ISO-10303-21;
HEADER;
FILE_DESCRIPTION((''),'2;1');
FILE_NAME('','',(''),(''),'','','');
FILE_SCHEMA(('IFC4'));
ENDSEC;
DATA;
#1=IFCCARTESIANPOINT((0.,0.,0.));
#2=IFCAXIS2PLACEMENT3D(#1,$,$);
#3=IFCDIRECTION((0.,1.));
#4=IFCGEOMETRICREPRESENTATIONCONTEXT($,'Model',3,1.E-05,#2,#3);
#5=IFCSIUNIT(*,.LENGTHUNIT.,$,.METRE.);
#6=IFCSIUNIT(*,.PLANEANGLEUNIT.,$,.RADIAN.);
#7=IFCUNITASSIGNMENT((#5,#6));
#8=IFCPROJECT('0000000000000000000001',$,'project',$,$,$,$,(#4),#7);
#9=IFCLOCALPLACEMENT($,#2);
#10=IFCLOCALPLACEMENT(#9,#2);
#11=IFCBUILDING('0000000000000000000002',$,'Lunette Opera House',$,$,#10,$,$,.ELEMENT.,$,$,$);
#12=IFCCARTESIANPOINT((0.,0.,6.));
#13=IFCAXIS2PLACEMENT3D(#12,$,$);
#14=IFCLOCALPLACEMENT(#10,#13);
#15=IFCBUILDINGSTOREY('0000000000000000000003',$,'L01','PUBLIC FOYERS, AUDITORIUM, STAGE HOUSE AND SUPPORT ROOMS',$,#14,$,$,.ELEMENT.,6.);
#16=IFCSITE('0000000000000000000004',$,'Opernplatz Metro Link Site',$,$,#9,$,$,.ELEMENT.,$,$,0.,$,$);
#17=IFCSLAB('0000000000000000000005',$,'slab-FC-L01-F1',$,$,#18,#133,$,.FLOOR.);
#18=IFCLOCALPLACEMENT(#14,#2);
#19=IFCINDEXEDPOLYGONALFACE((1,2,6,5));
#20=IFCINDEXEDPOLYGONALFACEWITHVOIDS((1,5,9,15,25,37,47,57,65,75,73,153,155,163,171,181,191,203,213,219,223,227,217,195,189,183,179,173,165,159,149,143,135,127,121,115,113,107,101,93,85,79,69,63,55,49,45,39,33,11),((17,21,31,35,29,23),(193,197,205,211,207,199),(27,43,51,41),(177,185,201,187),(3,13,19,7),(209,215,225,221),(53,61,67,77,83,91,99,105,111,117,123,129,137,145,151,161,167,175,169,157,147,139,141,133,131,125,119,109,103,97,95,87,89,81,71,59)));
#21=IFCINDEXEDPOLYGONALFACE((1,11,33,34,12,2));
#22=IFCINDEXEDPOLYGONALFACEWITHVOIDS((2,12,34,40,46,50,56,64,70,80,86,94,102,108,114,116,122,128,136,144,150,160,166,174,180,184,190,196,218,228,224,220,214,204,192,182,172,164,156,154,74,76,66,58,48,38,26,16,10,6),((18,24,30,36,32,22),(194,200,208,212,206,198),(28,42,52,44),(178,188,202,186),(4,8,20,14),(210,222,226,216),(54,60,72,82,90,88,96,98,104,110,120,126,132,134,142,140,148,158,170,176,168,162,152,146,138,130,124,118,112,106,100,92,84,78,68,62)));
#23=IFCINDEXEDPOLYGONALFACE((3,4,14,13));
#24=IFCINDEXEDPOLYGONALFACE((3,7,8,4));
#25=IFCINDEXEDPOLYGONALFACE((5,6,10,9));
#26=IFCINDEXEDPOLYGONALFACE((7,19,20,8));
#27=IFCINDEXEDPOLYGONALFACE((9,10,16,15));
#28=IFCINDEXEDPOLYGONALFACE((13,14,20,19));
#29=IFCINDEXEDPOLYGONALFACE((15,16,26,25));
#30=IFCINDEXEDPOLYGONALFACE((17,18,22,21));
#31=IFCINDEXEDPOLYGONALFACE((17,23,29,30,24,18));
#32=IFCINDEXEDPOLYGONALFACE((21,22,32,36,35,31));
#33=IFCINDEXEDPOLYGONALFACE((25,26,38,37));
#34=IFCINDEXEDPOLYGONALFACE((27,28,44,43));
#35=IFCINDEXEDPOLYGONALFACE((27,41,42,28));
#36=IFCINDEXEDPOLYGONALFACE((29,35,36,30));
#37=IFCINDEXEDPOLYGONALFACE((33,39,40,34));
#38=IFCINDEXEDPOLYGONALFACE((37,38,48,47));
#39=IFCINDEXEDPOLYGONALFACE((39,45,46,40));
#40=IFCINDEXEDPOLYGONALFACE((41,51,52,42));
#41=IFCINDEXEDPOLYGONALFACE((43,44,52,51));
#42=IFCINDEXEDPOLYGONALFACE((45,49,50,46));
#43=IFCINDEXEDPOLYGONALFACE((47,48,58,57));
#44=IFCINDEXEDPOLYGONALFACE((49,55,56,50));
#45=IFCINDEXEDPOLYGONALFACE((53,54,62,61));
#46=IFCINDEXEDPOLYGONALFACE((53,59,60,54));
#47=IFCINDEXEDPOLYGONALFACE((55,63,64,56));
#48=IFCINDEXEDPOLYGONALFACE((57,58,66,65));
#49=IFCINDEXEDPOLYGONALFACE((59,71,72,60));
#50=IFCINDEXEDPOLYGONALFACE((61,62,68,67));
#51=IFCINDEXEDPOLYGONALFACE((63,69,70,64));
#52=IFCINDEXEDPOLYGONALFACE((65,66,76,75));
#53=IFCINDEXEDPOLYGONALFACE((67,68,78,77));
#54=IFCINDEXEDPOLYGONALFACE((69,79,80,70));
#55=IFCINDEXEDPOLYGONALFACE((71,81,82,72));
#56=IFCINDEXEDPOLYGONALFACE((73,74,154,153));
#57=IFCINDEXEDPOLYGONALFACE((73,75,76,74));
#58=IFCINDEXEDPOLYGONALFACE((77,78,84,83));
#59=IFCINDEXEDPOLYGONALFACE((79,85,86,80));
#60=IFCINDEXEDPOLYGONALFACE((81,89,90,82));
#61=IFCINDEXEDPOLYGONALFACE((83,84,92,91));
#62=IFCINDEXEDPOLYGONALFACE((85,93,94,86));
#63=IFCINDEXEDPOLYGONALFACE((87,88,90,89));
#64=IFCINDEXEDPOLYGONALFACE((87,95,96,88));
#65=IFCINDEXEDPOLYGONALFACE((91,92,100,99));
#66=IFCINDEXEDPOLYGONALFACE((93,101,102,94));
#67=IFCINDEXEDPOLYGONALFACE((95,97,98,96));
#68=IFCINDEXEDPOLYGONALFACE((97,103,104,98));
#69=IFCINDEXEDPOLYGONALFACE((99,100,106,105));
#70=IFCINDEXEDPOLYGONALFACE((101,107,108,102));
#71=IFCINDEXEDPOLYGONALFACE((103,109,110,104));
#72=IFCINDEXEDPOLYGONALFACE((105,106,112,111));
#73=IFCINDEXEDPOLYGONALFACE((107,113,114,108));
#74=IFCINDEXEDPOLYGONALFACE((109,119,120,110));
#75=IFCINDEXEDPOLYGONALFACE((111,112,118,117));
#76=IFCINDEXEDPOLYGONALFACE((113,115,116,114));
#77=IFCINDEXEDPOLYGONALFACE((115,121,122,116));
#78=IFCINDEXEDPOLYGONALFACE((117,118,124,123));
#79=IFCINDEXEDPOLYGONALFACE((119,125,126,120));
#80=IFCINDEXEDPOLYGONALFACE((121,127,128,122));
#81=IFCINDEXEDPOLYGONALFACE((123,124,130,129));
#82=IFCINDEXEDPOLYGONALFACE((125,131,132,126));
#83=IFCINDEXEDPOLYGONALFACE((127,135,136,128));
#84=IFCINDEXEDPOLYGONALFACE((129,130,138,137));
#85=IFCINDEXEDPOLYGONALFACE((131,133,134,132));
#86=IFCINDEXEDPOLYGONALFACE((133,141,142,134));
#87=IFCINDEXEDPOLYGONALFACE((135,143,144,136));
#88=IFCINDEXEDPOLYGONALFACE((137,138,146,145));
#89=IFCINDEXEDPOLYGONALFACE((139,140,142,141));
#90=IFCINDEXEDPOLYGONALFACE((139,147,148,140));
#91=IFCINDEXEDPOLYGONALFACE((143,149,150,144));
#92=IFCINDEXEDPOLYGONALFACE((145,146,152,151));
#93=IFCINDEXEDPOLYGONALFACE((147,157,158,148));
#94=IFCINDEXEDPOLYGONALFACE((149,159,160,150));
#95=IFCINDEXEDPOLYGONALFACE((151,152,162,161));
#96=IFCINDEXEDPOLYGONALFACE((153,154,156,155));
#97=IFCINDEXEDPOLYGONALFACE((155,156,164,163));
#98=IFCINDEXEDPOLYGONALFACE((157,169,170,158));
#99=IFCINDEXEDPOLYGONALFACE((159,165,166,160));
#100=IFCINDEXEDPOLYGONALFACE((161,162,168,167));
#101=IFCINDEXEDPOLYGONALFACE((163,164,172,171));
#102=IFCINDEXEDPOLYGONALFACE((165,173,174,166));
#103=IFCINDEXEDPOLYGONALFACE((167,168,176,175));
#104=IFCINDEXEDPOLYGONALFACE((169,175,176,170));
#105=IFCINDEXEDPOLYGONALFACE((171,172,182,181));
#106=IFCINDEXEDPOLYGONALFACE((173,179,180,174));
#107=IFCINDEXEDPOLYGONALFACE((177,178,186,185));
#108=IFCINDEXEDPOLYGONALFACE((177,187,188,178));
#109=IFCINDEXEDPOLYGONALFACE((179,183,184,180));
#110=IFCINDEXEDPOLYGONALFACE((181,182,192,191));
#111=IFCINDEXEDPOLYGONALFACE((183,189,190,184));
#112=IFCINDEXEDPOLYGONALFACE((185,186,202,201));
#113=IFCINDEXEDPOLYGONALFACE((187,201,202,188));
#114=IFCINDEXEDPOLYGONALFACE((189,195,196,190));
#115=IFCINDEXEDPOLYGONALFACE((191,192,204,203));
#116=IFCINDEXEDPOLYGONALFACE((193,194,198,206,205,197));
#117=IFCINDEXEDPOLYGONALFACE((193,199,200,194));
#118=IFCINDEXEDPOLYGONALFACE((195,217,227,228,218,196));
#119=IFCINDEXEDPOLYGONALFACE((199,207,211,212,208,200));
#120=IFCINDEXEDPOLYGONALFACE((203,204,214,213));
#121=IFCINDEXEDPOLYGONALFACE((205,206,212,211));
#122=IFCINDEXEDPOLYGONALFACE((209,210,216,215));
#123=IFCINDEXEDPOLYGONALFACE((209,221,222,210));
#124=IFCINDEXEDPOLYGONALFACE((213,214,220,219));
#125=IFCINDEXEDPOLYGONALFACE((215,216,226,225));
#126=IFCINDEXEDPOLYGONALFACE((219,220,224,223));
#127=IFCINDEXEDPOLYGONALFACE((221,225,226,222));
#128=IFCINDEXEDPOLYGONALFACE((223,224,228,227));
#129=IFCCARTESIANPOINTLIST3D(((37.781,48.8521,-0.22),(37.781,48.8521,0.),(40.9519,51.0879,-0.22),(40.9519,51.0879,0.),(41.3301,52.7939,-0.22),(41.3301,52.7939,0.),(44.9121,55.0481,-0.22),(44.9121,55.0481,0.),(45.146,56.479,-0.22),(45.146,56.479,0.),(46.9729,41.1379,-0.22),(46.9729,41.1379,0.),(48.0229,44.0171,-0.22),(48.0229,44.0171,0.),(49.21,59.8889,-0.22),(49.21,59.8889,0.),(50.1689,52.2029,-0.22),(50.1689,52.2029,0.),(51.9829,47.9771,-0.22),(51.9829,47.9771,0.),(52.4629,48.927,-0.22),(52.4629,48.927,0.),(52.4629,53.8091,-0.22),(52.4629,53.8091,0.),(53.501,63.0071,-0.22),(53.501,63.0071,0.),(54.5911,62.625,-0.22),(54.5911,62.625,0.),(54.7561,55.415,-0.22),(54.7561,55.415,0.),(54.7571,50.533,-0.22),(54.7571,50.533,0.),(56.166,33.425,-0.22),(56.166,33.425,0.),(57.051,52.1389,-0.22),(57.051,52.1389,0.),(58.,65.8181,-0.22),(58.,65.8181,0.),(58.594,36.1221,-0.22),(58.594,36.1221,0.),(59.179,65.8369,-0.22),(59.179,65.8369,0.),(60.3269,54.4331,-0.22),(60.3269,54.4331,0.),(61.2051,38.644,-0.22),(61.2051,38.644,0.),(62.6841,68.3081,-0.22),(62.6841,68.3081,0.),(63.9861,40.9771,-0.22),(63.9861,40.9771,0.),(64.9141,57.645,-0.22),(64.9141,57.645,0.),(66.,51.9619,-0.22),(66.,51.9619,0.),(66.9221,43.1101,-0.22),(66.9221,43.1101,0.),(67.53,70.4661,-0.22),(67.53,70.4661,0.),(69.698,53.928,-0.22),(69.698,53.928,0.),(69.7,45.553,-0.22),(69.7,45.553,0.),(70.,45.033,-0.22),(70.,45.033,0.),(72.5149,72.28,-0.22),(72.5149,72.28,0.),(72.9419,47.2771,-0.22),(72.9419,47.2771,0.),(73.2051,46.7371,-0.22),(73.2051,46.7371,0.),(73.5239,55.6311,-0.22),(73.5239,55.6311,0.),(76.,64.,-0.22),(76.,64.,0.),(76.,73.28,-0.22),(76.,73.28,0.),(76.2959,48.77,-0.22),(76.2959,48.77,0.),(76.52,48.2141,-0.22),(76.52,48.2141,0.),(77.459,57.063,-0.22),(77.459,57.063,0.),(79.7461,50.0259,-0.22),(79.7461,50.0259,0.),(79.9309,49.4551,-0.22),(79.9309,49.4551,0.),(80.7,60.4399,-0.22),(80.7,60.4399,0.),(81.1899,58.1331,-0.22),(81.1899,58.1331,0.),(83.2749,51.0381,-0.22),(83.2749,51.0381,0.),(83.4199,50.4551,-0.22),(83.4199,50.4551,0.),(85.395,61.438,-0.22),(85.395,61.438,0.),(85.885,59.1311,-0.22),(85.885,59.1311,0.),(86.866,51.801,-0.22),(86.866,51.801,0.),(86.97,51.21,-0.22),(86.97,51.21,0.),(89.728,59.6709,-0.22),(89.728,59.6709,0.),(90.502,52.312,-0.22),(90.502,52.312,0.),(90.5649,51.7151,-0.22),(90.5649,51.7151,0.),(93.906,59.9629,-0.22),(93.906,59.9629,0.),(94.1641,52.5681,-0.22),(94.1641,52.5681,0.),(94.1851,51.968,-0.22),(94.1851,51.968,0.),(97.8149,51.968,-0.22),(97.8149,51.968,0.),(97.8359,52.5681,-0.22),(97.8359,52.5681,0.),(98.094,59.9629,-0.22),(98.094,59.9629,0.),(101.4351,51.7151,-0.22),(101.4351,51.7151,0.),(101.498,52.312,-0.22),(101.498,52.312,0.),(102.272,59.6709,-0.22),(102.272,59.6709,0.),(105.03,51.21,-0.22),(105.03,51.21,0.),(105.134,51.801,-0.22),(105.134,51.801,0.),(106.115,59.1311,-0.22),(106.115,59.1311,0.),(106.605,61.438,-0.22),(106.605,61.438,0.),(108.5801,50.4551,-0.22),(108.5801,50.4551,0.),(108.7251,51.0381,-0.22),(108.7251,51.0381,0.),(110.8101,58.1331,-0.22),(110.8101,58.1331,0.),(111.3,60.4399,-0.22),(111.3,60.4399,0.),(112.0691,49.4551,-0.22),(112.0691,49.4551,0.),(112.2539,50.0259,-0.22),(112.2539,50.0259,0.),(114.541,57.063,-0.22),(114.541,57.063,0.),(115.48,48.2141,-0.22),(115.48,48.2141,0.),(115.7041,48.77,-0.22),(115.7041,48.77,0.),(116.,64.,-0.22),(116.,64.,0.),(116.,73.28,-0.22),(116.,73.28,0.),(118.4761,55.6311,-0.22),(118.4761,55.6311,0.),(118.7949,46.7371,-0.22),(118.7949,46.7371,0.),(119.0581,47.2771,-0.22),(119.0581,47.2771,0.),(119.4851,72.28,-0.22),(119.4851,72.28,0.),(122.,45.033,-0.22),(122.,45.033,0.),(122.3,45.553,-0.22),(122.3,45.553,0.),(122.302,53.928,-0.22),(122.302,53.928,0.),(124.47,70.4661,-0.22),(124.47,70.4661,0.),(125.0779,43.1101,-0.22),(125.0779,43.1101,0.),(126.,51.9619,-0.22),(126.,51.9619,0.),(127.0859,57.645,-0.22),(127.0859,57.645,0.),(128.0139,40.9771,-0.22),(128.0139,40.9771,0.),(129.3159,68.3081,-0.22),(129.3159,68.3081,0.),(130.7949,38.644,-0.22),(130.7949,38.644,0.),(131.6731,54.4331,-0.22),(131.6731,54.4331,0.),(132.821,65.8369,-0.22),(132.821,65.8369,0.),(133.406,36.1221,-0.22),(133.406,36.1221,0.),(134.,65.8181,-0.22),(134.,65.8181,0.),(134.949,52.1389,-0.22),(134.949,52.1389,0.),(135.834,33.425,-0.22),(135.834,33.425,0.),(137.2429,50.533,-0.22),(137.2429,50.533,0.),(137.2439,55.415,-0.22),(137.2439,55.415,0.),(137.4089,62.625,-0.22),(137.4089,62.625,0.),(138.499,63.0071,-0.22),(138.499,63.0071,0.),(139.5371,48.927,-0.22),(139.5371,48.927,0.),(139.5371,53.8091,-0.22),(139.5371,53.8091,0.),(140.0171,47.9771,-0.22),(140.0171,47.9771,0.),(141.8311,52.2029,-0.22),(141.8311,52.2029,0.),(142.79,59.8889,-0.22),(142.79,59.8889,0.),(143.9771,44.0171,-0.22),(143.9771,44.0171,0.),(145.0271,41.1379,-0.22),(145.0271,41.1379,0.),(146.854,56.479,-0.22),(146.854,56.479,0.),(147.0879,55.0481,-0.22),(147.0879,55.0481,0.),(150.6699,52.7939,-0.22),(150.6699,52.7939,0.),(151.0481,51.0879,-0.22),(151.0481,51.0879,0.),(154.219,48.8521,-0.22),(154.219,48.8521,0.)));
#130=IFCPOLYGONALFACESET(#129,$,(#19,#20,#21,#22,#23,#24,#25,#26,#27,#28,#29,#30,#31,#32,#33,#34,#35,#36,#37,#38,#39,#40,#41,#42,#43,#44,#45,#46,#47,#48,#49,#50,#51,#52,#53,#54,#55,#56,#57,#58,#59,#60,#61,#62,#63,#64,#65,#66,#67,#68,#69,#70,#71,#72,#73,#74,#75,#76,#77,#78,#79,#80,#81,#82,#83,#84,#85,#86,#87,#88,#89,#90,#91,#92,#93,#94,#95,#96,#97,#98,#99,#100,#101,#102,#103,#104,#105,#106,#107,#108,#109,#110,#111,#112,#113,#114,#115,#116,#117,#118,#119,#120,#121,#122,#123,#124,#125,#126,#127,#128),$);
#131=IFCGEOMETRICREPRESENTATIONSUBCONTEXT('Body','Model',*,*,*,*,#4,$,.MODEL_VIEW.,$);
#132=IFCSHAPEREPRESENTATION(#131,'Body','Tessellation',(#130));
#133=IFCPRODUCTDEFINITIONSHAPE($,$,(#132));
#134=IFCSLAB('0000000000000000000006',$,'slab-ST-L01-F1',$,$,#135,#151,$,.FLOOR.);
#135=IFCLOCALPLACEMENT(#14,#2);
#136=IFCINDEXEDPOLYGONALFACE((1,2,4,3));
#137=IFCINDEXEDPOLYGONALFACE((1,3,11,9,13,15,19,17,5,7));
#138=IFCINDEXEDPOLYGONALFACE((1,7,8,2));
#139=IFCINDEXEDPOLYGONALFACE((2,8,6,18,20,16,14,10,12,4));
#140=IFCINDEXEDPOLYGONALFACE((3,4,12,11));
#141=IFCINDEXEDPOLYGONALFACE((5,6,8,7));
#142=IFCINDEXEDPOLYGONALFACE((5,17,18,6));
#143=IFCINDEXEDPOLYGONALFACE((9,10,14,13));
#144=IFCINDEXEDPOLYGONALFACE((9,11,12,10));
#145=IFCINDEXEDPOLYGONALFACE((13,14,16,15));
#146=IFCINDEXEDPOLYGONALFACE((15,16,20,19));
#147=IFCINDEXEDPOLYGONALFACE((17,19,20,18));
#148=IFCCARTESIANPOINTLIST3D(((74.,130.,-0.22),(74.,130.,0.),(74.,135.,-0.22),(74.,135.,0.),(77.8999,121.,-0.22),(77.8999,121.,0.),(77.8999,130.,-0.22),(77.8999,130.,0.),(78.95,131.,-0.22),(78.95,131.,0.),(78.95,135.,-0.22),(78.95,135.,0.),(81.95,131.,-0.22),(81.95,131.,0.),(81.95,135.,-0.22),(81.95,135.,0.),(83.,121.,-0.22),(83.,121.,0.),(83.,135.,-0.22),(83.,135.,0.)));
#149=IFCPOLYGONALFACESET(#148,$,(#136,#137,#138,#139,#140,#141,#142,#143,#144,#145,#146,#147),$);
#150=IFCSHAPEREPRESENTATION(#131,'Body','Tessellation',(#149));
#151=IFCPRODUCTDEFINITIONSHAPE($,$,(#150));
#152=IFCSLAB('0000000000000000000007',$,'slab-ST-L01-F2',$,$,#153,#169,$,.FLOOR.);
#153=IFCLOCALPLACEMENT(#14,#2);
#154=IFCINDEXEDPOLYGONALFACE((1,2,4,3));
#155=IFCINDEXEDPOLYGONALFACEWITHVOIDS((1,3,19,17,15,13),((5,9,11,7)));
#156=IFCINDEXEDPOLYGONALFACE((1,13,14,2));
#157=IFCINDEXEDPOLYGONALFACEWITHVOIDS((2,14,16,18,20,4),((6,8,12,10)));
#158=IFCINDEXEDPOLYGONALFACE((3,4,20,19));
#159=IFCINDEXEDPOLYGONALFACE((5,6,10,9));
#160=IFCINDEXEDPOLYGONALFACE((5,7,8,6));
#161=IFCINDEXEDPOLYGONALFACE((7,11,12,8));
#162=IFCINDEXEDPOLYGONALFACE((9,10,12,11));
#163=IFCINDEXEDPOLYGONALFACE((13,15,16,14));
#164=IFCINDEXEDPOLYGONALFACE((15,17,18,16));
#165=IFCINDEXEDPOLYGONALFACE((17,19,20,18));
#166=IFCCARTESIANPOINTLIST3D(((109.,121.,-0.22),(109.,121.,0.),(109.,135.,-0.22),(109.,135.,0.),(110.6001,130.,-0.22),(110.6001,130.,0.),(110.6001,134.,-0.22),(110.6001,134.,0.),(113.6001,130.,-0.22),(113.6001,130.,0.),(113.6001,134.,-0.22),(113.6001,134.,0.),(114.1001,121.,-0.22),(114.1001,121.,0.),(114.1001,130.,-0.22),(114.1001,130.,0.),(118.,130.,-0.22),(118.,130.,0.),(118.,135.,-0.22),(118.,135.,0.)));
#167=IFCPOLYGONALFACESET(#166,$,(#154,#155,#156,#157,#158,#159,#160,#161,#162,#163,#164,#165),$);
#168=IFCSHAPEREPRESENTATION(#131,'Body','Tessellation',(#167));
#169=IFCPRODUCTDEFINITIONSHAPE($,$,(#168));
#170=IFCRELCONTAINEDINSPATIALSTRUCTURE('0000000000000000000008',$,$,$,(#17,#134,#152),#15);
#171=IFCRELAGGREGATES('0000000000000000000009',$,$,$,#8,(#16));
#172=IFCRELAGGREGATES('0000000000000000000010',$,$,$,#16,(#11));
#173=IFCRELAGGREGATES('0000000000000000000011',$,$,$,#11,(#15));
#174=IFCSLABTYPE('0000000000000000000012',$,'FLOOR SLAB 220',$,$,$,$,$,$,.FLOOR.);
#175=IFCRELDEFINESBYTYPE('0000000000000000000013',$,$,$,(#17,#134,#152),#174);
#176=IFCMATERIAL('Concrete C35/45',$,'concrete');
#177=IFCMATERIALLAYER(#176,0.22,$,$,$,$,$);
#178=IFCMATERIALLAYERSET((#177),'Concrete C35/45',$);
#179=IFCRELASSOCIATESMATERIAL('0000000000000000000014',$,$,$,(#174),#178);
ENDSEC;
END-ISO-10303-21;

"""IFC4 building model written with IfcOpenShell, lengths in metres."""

from ifc_helpers import new_model, si_unit, direction, frame, origin, place, context, subcontext, project, spatial, polyline, outline, extrude, material, layer, layer_set, type_object, element, save


model = new_model("IFC4")

# Units and contexts
model_context = context("Model", 3, precision=1e-05, world=origin(), true_north=direction((0.0, 1.0)))
body_context = subcontext(model_context, "Body", "Model", "MODEL_VIEW")
ifc_project = project(units=[si_unit("LENGTHUNIT", "METRE"), si_unit("PLANEANGLEUNIT", "RADIAN")], contexts=[model_context])

# Site, building, storey
site_placement = place(None, origin())
site = spatial("IfcSite", under=ifc_project, at=site_placement, Name="Opernplatz Metro Link Site", CompositionType="ELEMENT", RefElevation=0.0)
building_placement = place(site_placement, origin())
building = spatial("IfcBuilding", under=site, at=building_placement, Name="Lunette Opera House", CompositionType="ELEMENT")
storey_placement = place(building_placement, frame((0.0, 0.0, 6.0)))
storey = spatial("IfcBuildingStorey", under=building, at=storey_placement, Name="L01", Description="PUBLIC FOYERS, AUDITORIUM, STAGE HOUSE AND SUPPORT ROOMS", CompositionType="ELEMENT", Elevation=6.0)

# Slabs
ifc_material_1 = material(Name="Concrete C35/45", Category="concrete")
ifc_layer_1 = layer(ifc_material_1, 0.22)
ifc_layer_set_1 = layer_set([ifc_layer_1], Name="Concrete C35/45")
slab_type_1 = type_object("IfcSlabType", Name="FLOOR SLAB 220", PredefinedType="FLOOR", material=ifc_layer_set_1)
slab_1_placement = place(storey_placement, frame((0.0, 0.0, -0.22)))
element("IfcSlab", 1, at=slab_1_placement, inside=storey, type_object=slab_type_1, Name="slab-FC-L01-F1", PredefinedType="FLOOR", context=body_context, shape_type="SweptSolid", body=[
    extrude(outline(polyline([(130.7949, 38.644), (133.406, 36.1221), (135.834, 33.425), (145.0271, 41.1379), (154.219, 48.8521), (150.6699, 52.7939), (146.854, 56.479), (142.79, 59.8889), (138.499, 63.0071), (134.0, 65.8181), (129.3159, 68.3081), (124.47, 70.4661), (119.4851, 72.28), (116.0, 73.28), (116.0, 64.0), (76.0, 64.0), (76.0, 73.28), (72.5149, 72.28), (67.53, 70.4661), (62.6841, 68.3081), (58.0, 65.8181), (53.501, 63.0071), (49.21, 59.8889), (45.146, 56.479), (41.3301, 52.7939), (37.781, 48.8521), (46.9729, 41.1379), (56.166, 33.425), (58.594, 36.1221), (61.2051, 38.644), (63.9861, 40.9771), (66.9221, 43.1101), (70.0, 45.033), (73.2051, 46.7371), (76.52, 48.2141), (79.9309, 49.4551), (83.4199, 50.4551), (86.97, 51.21), (90.5649, 51.7151), (94.1851, 51.968), (97.8149, 51.968), (101.4351, 51.7151), (105.03, 51.21), (108.5801, 50.4551), (112.0691, 49.4551), (115.48, 48.2141), (118.7949, 46.7371), (122.0, 45.033), (125.0779, 43.1101), (128.0139, 40.9771), (130.7949, 38.644)]), holes=[polyline([(72.9419, 47.2771), (69.7, 45.553), (66.0, 51.9619), (69.698, 53.928), (73.5239, 55.6311), (77.459, 57.063), (81.1899, 58.1331), (80.7, 60.4399), (85.395, 61.438), (85.885, 59.1311), (89.728, 59.6709), (93.906, 59.9629), (98.094, 59.9629), (102.272, 59.6709), (106.115, 59.1311), (106.605, 61.438), (111.3, 60.4399), (110.8101, 58.1331), (114.541, 57.063), (118.4761, 55.6311), (122.302, 53.928), (126.0, 51.9619), (122.3, 45.553), (119.0581, 47.2771), (115.7041, 48.77), (112.2539, 50.0259), (108.7251, 51.0381), (105.134, 51.801), (101.498, 52.312), (97.8359, 52.5681), (94.1641, 52.5681), (90.502, 52.312), (86.866, 51.801), (83.2749, 51.0381), (79.7461, 50.0259), (76.2959, 48.77), (72.9419, 47.2771)]), polyline([(44.9121, 55.0481), (51.9829, 47.9771), (48.0229, 44.0171), (40.9519, 51.0879), (44.9121, 55.0481)]), polyline([(151.0481, 51.0879), (143.9771, 44.0171), (140.0171, 47.9771), (147.0879, 55.0481), (151.0481, 51.0879)]), polyline([(50.1689, 52.2029), (52.4629, 53.8091), (54.7561, 55.415), (57.051, 52.1389), (54.7571, 50.533), (52.4629, 48.927), (50.1689, 52.2029)]), polyline([(139.5371, 48.927), (137.2429, 50.533), (134.949, 52.1389), (137.2439, 55.415), (139.5371, 53.8091), (141.8311, 52.2029), (139.5371, 48.927)]), polyline([(59.179, 65.8369), (64.9141, 57.645), (60.3269, 54.4331), (54.5911, 62.625), (59.179, 65.8369)]), polyline([(131.6731, 54.4331), (127.0859, 57.645), (132.821, 65.8369), (137.4089, 62.625), (131.6731, 54.4331)])]), origin(), (0.0, 0.0, 1.0), 0.22),
])
slab_2_placement = place(storey_placement, frame((0.0, 0.0, -0.22)))
element("IfcSlab", 2, at=slab_2_placement, inside=storey, type_object=slab_type_1, Name="slab-ST-L01-F1", PredefinedType="FLOOR", context=body_context, shape_type="SweptSolid", body=[
    extrude(outline(polyline([(78.95, 135.0), (74.0, 135.0), (74.0, 130.0), (77.8999, 130.0), (77.8999, 121.0), (83.0, 121.0), (83.0, 135.0), (81.95, 135.0), (81.95, 131.0), (78.95, 131.0), (78.95, 135.0)])), origin(), (0.0, 0.0, 1.0), 0.22),
])
slab_3_placement = place(storey_placement, frame((0.0, 0.0, -0.22)))
element("IfcSlab", 3, at=slab_3_placement, inside=storey, type_object=slab_type_1, Name="slab-ST-L01-F2", PredefinedType="FLOOR", context=body_context, shape_type="SweptSolid", body=[
    extrude(outline(polyline([(109.0, 121.0), (114.1001, 121.0), (114.1001, 130.0), (118.0, 130.0), (118.0, 135.0), (109.0, 135.0), (109.0, 121.0)]), holes=[polyline([(110.6001, 130.0), (110.6001, 134.0), (113.6001, 134.0), (113.6001, 130.0), (110.6001, 130.0)])]), origin(), (0.0, 0.0, 1.0), 0.22),
])

save(model, "model.ifc")
